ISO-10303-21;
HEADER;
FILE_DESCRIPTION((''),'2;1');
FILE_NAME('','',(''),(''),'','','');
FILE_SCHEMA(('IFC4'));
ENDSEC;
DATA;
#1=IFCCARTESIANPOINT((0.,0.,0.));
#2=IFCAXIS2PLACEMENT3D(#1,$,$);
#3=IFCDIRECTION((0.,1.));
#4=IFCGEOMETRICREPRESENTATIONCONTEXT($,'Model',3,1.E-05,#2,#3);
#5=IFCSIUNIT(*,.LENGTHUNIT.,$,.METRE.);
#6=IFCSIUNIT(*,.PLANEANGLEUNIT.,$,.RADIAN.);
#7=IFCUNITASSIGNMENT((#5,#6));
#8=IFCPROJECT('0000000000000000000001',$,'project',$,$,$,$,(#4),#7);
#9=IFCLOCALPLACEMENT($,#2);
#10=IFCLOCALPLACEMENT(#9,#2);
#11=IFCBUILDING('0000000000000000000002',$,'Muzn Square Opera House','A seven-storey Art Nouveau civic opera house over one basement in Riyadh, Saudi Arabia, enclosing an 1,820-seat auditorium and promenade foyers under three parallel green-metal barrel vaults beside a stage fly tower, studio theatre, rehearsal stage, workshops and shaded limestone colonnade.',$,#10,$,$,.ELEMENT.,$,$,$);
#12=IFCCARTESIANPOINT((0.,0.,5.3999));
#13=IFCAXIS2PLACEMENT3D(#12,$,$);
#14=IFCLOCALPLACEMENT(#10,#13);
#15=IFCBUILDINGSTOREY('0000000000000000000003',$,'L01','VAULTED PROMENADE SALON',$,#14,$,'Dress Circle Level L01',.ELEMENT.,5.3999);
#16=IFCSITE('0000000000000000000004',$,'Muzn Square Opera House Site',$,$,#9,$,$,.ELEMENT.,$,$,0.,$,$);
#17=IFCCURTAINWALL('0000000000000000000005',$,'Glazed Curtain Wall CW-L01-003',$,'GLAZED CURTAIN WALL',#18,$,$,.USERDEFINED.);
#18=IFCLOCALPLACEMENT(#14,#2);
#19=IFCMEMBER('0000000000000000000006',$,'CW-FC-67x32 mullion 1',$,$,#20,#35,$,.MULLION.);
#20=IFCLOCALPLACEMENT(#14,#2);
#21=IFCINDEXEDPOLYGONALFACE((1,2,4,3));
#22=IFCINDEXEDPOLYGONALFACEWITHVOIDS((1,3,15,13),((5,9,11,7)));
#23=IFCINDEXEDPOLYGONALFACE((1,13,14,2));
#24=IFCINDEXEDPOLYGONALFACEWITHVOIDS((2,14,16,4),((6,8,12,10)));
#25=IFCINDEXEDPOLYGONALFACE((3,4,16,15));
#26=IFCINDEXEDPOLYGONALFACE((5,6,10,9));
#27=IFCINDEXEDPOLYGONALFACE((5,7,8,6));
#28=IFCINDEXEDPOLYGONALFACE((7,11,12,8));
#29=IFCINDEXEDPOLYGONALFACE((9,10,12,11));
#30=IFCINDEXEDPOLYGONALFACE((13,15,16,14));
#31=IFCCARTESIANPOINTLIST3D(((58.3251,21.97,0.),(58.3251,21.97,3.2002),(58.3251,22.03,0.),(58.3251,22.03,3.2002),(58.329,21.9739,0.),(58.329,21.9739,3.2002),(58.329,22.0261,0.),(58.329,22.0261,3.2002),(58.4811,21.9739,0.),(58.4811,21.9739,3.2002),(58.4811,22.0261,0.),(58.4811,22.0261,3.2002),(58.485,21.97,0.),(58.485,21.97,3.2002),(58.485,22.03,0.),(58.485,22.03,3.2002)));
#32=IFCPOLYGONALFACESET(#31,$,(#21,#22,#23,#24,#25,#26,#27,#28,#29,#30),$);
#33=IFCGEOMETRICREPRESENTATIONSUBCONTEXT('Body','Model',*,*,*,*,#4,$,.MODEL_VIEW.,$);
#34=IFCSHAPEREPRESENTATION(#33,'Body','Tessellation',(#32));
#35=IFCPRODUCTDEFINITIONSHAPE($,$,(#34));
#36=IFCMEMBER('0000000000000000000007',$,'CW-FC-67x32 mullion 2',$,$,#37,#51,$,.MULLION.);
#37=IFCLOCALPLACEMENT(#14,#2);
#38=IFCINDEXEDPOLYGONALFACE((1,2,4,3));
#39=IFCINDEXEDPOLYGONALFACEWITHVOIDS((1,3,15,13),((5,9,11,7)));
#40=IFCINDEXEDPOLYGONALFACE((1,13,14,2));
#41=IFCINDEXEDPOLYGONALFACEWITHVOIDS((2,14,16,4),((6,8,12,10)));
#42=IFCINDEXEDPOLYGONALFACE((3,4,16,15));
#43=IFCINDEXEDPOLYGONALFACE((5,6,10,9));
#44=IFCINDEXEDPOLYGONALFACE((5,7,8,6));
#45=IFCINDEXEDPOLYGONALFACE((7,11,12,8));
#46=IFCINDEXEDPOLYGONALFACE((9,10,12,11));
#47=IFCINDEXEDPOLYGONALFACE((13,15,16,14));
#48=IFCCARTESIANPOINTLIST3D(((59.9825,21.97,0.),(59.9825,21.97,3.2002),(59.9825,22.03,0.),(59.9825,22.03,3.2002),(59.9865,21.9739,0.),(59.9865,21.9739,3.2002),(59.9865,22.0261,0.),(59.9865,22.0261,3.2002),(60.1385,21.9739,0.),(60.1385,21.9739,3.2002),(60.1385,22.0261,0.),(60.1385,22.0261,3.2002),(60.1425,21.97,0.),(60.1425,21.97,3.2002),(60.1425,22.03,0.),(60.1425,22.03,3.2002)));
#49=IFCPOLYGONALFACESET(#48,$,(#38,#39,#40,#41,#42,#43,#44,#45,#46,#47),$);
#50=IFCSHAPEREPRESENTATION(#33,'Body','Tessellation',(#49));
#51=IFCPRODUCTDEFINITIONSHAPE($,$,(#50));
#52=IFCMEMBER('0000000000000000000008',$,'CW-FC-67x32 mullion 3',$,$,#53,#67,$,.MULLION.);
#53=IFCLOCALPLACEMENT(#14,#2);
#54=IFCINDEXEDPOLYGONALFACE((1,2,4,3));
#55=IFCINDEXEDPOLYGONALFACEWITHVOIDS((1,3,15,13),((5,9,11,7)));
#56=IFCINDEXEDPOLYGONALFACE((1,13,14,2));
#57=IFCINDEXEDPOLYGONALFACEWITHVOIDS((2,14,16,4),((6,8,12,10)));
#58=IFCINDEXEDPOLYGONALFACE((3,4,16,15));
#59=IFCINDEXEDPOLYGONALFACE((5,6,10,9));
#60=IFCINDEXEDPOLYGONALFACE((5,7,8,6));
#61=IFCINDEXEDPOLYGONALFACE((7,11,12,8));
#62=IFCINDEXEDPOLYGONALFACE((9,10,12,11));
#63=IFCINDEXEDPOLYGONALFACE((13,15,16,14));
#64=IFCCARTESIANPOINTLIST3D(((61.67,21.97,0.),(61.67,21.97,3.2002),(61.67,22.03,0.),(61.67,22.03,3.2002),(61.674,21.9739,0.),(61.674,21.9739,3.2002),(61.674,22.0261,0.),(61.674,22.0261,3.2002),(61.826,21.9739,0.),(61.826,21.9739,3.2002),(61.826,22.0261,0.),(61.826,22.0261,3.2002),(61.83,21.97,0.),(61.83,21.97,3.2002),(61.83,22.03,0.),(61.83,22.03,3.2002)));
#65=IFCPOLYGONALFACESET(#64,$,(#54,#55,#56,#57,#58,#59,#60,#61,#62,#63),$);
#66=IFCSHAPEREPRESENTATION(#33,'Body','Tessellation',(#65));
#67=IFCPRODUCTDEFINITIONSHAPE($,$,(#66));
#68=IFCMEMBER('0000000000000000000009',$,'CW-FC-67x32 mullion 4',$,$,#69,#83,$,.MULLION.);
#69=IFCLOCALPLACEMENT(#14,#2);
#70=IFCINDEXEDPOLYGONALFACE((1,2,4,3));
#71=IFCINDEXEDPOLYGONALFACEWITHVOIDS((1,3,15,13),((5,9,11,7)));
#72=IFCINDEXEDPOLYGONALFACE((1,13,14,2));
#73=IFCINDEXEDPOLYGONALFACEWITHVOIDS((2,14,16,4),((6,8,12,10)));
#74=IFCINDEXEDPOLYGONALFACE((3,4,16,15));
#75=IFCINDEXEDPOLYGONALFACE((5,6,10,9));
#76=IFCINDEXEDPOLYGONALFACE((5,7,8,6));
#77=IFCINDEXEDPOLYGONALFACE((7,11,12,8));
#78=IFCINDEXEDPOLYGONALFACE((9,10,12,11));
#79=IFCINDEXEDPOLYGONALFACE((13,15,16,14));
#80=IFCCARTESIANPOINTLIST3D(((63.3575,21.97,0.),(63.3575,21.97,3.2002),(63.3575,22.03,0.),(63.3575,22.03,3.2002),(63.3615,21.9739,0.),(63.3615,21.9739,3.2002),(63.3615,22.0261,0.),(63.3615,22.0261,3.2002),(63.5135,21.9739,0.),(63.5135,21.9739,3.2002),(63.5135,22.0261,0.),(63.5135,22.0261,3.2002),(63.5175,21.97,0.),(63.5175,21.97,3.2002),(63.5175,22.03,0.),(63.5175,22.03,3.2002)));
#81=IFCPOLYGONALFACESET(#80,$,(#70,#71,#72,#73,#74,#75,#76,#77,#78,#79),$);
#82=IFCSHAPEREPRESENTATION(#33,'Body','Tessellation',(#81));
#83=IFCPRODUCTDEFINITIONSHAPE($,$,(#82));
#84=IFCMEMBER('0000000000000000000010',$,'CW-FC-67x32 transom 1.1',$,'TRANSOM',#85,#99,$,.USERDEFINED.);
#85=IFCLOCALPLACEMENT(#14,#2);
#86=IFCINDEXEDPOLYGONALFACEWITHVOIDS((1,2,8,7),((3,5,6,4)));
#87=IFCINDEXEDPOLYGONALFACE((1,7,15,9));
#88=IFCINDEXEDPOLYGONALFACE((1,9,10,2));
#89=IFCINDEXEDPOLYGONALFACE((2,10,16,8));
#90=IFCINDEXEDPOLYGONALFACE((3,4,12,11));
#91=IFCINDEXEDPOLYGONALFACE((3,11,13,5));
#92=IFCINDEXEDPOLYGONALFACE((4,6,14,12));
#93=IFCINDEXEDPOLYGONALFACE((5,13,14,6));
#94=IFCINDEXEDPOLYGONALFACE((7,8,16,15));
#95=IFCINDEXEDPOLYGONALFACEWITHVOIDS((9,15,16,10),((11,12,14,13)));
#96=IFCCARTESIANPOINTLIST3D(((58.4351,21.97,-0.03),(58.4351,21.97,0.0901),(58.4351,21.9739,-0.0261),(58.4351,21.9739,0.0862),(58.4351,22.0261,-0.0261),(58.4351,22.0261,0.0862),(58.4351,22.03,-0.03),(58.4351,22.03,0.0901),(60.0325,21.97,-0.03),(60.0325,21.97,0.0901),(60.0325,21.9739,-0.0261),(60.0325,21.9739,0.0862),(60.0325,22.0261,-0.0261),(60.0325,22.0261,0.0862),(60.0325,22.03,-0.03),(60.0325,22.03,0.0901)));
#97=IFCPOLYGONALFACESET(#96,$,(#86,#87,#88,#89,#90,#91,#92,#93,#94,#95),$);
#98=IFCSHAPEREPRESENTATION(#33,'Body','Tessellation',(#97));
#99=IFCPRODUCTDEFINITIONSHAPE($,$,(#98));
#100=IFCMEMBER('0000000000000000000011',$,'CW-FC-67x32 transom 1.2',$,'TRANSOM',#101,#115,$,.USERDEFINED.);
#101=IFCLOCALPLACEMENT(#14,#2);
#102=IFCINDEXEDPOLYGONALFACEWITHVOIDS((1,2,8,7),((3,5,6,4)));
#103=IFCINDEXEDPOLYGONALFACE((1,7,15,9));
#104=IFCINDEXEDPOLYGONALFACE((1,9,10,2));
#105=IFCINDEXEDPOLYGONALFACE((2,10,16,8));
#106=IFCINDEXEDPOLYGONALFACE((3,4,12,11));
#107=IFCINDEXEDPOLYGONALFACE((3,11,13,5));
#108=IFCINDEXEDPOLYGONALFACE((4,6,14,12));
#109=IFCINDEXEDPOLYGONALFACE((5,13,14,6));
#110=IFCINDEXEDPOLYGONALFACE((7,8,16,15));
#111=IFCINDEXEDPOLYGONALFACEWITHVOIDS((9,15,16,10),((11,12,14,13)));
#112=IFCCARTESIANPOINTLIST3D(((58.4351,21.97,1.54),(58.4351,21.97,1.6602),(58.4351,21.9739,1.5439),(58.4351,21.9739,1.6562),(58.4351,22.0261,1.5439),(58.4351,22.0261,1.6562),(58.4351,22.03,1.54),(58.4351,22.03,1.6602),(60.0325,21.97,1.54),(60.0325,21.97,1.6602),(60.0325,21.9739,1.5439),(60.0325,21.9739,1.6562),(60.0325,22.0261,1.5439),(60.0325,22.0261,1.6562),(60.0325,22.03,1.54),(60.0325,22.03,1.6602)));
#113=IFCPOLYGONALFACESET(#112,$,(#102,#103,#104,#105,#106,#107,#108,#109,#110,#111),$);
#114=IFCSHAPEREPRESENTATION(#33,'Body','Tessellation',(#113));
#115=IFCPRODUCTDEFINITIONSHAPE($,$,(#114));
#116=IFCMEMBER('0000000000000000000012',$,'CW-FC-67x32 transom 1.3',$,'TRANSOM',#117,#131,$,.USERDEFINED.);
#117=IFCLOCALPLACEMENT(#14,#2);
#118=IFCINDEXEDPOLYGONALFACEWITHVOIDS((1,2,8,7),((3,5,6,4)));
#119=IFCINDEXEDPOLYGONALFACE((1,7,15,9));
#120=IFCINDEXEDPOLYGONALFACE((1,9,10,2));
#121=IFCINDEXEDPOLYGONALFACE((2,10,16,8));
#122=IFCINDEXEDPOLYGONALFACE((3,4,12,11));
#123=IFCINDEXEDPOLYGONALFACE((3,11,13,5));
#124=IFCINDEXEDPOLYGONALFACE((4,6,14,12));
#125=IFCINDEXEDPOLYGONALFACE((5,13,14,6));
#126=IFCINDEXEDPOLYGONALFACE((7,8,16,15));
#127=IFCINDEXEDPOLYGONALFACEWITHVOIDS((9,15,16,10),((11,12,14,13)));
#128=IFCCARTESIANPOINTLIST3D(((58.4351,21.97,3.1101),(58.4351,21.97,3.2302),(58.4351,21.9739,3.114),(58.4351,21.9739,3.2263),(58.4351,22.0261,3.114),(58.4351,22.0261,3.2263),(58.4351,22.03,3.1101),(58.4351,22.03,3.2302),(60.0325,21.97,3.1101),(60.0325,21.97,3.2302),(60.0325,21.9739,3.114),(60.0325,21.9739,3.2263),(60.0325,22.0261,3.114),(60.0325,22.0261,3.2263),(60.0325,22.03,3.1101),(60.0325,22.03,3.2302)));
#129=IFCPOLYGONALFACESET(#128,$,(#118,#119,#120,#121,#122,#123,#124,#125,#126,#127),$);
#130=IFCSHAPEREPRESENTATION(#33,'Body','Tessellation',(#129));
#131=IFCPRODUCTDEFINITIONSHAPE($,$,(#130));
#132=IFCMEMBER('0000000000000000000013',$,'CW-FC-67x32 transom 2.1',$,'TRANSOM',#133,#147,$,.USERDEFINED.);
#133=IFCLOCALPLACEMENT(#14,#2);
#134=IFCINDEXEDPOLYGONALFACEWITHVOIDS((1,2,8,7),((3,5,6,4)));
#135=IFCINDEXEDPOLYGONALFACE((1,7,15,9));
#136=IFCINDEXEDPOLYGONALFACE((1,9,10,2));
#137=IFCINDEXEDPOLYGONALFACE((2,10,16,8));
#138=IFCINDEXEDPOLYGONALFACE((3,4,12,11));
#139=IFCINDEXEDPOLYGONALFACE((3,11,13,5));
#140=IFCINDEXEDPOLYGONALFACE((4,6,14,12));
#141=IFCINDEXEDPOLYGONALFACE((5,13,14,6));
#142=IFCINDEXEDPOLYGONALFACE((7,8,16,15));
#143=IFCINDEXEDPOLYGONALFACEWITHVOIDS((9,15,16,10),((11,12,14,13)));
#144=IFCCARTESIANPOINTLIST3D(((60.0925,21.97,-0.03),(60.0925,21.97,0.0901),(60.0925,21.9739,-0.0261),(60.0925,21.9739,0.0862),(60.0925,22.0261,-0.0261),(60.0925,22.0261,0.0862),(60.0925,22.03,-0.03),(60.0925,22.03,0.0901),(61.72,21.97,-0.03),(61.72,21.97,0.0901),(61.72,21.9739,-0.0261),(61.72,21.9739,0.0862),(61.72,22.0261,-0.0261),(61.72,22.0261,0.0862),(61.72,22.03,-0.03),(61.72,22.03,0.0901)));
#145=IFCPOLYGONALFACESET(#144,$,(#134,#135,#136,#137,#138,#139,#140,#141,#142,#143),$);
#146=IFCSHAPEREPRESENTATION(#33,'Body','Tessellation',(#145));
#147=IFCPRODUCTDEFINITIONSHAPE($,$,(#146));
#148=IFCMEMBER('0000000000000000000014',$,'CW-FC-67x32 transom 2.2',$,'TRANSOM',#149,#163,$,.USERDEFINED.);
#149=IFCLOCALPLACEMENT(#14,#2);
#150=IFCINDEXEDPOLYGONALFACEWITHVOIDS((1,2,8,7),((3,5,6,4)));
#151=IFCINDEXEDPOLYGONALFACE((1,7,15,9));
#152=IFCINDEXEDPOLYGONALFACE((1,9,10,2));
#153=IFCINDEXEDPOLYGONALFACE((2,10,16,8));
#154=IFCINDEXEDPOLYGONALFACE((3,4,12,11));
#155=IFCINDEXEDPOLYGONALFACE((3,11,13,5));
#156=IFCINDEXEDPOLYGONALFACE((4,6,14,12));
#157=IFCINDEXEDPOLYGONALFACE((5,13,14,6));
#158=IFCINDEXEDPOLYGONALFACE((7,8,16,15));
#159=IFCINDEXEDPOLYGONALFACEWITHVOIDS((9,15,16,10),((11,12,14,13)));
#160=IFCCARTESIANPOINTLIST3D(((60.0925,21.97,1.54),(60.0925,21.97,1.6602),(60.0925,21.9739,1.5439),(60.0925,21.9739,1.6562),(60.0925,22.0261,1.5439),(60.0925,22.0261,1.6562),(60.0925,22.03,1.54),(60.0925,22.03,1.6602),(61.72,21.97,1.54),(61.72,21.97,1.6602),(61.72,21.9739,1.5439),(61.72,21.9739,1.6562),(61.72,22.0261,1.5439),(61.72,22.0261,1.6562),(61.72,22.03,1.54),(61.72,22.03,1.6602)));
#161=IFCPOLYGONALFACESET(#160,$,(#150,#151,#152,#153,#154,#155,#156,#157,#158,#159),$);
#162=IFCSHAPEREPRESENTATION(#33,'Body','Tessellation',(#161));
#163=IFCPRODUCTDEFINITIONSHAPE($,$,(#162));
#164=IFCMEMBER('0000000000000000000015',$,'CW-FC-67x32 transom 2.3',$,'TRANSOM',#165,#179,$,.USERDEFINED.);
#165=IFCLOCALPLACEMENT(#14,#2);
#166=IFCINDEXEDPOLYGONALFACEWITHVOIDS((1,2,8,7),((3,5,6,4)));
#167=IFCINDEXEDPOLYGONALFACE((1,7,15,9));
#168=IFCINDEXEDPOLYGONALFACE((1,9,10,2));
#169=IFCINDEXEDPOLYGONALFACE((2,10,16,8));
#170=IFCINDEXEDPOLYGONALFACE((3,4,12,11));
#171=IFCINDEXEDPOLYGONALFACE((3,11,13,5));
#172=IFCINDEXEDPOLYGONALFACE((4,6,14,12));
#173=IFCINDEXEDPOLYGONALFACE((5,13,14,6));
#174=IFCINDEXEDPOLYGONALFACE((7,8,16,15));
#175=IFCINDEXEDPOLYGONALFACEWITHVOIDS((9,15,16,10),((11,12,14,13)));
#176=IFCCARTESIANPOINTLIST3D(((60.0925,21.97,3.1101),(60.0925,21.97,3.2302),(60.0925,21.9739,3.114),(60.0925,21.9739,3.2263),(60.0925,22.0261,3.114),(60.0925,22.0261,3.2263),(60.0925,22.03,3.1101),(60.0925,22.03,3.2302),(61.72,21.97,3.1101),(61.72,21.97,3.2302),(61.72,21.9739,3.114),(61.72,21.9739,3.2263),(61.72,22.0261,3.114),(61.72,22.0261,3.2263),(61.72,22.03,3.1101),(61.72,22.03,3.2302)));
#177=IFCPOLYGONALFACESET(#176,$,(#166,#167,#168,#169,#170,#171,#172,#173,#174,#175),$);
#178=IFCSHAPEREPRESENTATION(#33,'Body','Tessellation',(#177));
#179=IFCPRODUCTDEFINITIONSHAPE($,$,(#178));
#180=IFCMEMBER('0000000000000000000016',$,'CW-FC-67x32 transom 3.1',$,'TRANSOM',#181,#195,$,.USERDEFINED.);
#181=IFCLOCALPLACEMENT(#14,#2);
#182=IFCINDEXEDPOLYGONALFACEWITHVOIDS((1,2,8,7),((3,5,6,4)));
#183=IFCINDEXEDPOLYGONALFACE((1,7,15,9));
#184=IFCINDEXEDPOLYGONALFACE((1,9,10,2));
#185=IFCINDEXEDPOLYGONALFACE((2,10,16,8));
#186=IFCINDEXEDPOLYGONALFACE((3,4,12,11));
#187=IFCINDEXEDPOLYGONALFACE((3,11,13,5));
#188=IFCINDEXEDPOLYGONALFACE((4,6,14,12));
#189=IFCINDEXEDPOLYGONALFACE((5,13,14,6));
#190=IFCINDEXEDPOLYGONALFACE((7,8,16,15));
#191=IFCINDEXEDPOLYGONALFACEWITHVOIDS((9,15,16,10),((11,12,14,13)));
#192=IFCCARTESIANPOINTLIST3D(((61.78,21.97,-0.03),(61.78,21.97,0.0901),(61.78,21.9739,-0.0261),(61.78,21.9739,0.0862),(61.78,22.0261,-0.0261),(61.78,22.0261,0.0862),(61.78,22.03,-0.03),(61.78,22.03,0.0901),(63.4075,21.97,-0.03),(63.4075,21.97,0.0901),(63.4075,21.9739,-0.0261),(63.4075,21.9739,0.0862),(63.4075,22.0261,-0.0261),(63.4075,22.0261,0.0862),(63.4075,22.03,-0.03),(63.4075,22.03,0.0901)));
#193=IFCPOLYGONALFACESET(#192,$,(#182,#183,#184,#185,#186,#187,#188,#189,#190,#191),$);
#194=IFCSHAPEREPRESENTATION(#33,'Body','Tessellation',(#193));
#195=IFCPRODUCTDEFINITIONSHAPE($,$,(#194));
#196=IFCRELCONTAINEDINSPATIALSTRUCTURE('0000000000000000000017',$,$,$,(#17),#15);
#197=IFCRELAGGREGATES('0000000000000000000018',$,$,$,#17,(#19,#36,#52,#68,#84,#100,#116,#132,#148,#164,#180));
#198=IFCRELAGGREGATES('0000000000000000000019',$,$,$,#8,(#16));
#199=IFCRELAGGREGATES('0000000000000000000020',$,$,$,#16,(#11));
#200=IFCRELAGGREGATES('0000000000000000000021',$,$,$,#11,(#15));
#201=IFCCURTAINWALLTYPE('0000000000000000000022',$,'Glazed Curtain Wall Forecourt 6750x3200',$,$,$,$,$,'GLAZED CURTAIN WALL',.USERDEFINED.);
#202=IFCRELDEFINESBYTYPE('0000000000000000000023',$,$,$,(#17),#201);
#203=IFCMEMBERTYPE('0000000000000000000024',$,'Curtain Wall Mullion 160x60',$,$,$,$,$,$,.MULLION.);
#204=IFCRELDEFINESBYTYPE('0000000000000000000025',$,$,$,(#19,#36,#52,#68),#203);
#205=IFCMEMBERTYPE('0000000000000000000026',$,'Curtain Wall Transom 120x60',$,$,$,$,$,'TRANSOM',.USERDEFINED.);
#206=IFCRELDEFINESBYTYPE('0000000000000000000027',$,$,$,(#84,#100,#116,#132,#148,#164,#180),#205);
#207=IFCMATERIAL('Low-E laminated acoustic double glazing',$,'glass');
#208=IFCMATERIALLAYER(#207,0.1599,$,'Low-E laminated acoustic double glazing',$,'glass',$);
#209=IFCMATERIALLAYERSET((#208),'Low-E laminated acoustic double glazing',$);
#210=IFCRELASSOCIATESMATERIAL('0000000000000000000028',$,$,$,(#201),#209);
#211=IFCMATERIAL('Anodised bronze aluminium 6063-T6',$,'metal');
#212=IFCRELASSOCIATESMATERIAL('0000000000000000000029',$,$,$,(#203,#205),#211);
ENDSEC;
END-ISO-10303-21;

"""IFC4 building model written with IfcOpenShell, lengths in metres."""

from ifc_helpers import new_model, si_unit, direction, frame, origin, origin_2d, place, context, subcontext, project, spatial, hollow_rectangle, extrude, material, layer, layer_set, material_profile, profile_set, type_object, element, aggregate, save


model = new_model("IFC4")

# Units and contexts
model_context = context("Model", 3, precision=1e-05, world=origin(), true_north=direction((0.0, 1.0)))
body_context = subcontext(model_context, "Body", "Model", "MODEL_VIEW")
ifc_project = project(units=[si_unit("LENGTHUNIT", "METRE"), si_unit("PLANEANGLEUNIT", "RADIAN")], contexts=[model_context])

# Site, building, storey
site_placement = place(None, origin())
site = spatial("IfcSite", under=ifc_project, at=site_placement, Name="Muzn Square Opera House Site", CompositionType="ELEMENT", RefElevation=0.0)
building_placement = place(site_placement, origin())
building = spatial("IfcBuilding", under=site, at=building_placement, Name="Muzn Square Opera House", Description="A seven-storey Art Nouveau civic opera house over one basement in Riyadh, Saudi Arabia, enclosing an 1,820-seat auditorium and promenade foyers under three parallel green-metal barrel vaults beside a stage fly tower, studio theatre, rehearsal stage, workshops and shaded limestone colonnade.", CompositionType="ELEMENT")
storey_placement = place(building_placement, frame((0.0, 0.0, 5.3999)))
storey = spatial("IfcBuildingStorey", under=building, at=storey_placement, Name="L01", Description="VAULTED PROMENADE SALON", LongName="Dress Circle Level L01", CompositionType="ELEMENT", Elevation=5.3999)

# Curtain wall, members
ifc_material_1 = material(Name="Low-E laminated acoustic double glazing", Category="glass")
ifc_layer_1 = layer(ifc_material_1, 0.1599, Name="Low-E laminated acoustic double glazing", Category="glass")
ifc_layer_set_1 = layer_set([ifc_layer_1], Name="Low-E laminated acoustic double glazing")
curtain_wall_type = type_object("IfcCurtainWallType", Name="Glazed Curtain Wall Forecourt 6750x3200", ElementType="GLAZED CURTAIN WALL", PredefinedType="USERDEFINED", material=ifc_layer_set_1)
curtain_wall_placement = place(storey_placement, origin())
curtain_wall = element("IfcCurtainWall", 1, at=curtain_wall_placement, inside=storey, type_object=curtain_wall_type, Name="Glazed Curtain Wall CW-L01-003", ObjectType="GLAZED CURTAIN WALL", PredefinedType="USERDEFINED")
ifc_material_2 = material(Name="Anodised bronze aluminium 6063-T6", Category="metal")
ifc_material_profile_1 = material_profile(ifc_material_2, hollow_rectangle(XDim=0.0601, YDim=0.1599, WallThickness=0.0039, at=origin_2d()), Name="ALU 160x60x4", Category="metal")
ifc_profile_set_1 = profile_set([ifc_material_profile_1], Name="Anodised bronze aluminium 6063-T6")
member_type_1 = type_object("IfcMemberType", Name="Curtain Wall Mullion 160x60", PredefinedType="MULLION", material=ifc_profile_set_1)
member_1_placement = place(storey_placement, frame((58.405, 22.0, 0.0), z_axis=(0.0, 0.0, 1.0), x_axis=(0.0, 1.0, 0.0)))
member_1 = element("IfcMember", 2, at=member_1_placement, type_object=member_type_1, Name="CW-FC-67x32 mullion 1", PredefinedType="MULLION", context=body_context, shape_type="SweptSolid", body=[
    extrude(hollow_rectangle(XDim=0.0601, YDim=0.1599, WallThickness=0.0039, at=origin_2d()), origin(), (0.0, 0.0, 1.0), 3.2002),
])
member_2_placement = place(storey_placement, frame((60.0625, 22.0, 0.0), z_axis=(0.0, 0.0, 1.0), x_axis=(0.0, 1.0, 0.0)))
member_2 = element("IfcMember", 3, at=member_2_placement, type_object=member_type_1, Name="CW-FC-67x32 mullion 2", PredefinedType="MULLION", context=body_context, shape_type="SweptSolid", body=[
    extrude(hollow_rectangle(XDim=0.0601, YDim=0.1599, WallThickness=0.0039, at=origin_2d()), origin(), (0.0, 0.0, 1.0), 3.2002),
])
member_3_placement = place(storey_placement, frame((61.75, 22.0, 0.0), z_axis=(0.0, 0.0, 1.0), x_axis=(0.0, 1.0, 0.0)))
member_3 = element("IfcMember", 4, at=member_3_placement, type_object=member_type_1, Name="CW-FC-67x32 mullion 3", PredefinedType="MULLION", context=body_context, shape_type="SweptSolid", body=[
    extrude(hollow_rectangle(XDim=0.0601, YDim=0.1599, WallThickness=0.0039, at=origin_2d()), origin(), (0.0, 0.0, 1.0), 3.2002),
])
member_4_placement = place(storey_placement, frame((63.4375, 22.0, 0.0), z_axis=(0.0, 0.0, 1.0), x_axis=(0.0, 1.0, 0.0)))
member_4 = element("IfcMember", 5, at=member_4_placement, type_object=member_type_1, Name="CW-FC-67x32 mullion 4", PredefinedType="MULLION", context=body_context, shape_type="SweptSolid", body=[
    extrude(hollow_rectangle(XDim=0.0601, YDim=0.1599, WallThickness=0.0039, at=origin_2d()), origin(), (0.0, 0.0, 1.0), 3.2002),
])
ifc_material_profile_2 = material_profile(ifc_material_2, hollow_rectangle(XDim=0.0601, YDim=0.1201, WallThickness=0.0039, at=origin_2d()), Name="ALU 120x60x4", Category="metal")
ifc_profile_set_2 = profile_set([ifc_material_profile_2], Name="Anodised bronze aluminium 6063-T6")
member_type_2 = type_object("IfcMemberType", Name="Curtain Wall Transom 120x60", ElementType="TRANSOM", PredefinedType="USERDEFINED", material=ifc_profile_set_2)
member_5_placement = place(storey_placement, frame((58.4351, 22.0, 0.03), z_axis=(1.0, 0.0, 0.0), x_axis=(0.0, 1.0, 0.0)))
member_5 = element("IfcMember", 6, at=member_5_placement, type_object=member_type_2, Name="CW-FC-67x32 transom 1.1", ObjectType="TRANSOM", PredefinedType="USERDEFINED", context=body_context, shape_type="SweptSolid", body=[
    extrude(hollow_rectangle(XDim=0.0601, YDim=0.1201, WallThickness=0.0039, at=origin_2d()), origin(), (0.0, 0.0, 1.0), 1.5974),
])
member_6_placement = place(storey_placement, frame((58.4351, 22.0, 1.6001), z_axis=(1.0, 0.0, 0.0), x_axis=(0.0, 1.0, 0.0)))
member_6 = element("IfcMember", 7, at=member_6_placement, type_object=member_type_2, Name="CW-FC-67x32 transom 1.2", ObjectType="TRANSOM", PredefinedType="USERDEFINED", context=body_context, shape_type="SweptSolid", body=[
    extrude(hollow_rectangle(XDim=0.0601, YDim=0.1201, WallThickness=0.0039, at=origin_2d()), origin(), (0.0, 0.0, 1.0), 1.5974),
])
member_7_placement = place(storey_placement, frame((58.4351, 22.0, 3.1702), z_axis=(1.0, 0.0, 0.0), x_axis=(0.0, 1.0, 0.0)))
member_7 = element("IfcMember", 8, at=member_7_placement, type_object=member_type_2, Name="CW-FC-67x32 transom 1.3", ObjectType="TRANSOM", PredefinedType="USERDEFINED", context=body_context, shape_type="SweptSolid", body=[
    extrude(hollow_rectangle(XDim=0.0601, YDim=0.1201, WallThickness=0.0039, at=origin_2d()), origin(), (0.0, 0.0, 1.0), 1.5974),
])
member_8_placement = place(storey_placement, frame((60.0925, 22.0, 0.03), z_axis=(1.0, 0.0, 0.0), x_axis=(0.0, 1.0, 0.0)))
member_8 = element("IfcMember", 9, at=member_8_placement, type_object=member_type_2, Name="CW-FC-67x32 transom 2.1", ObjectType="TRANSOM", PredefinedType="USERDEFINED", context=body_context, shape_type="SweptSolid", body=[
    extrude(hollow_rectangle(XDim=0.0601, YDim=0.1201, WallThickness=0.0039, at=origin_2d()), origin(), (0.0, 0.0, 1.0), 1.6274),
])
member_9_placement = place(storey_placement, frame((60.0925, 22.0, 1.6001), z_axis=(1.0, 0.0, 0.0), x_axis=(0.0, 1.0, 0.0)))
member_9 = element("IfcMember", 10, at=member_9_placement, type_object=member_type_2, Name="CW-FC-67x32 transom 2.2", ObjectType="TRANSOM", PredefinedType="USERDEFINED", context=body_context, shape_type="SweptSolid", body=[
    extrude(hollow_rectangle(XDim=0.0601, YDim=0.1201, WallThickness=0.0039, at=origin_2d()), origin(), (0.0, 0.0, 1.0), 1.6274),
])
member_10_placement = place(storey_placement, frame((60.0925, 22.0, 3.1702), z_axis=(1.0, 0.0, 0.0), x_axis=(0.0, 1.0, 0.0)))
member_10 = element("IfcMember", 11, at=member_10_placement, type_object=member_type_2, Name="CW-FC-67x32 transom 2.3", ObjectType="TRANSOM", PredefinedType="USERDEFINED", context=body_context, shape_type="SweptSolid", body=[
    extrude(hollow_rectangle(XDim=0.0601, YDim=0.1201, WallThickness=0.0039, at=origin_2d()), origin(), (0.0, 0.0, 1.0), 1.6274),
])
member_11_placement = place(storey_placement, frame((61.78, 22.0, 0.03), z_axis=(1.0, 0.0, 0.0), x_axis=(0.0, 1.0, 0.0)))
member_11 = element("IfcMember", 12, at=member_11_placement, type_object=member_type_2, Name="CW-FC-67x32 transom 3.1", ObjectType="TRANSOM", PredefinedType="USERDEFINED", context=body_context, shape_type="SweptSolid", body=[
    extrude(hollow_rectangle(XDim=0.0601, YDim=0.1201, WallThickness=0.0039, at=origin_2d()), origin(), (0.0, 0.0, 1.0), 1.6274),
])

aggregate(curtain_wall, [member_1, member_2, member_3, member_4, member_5, member_6, member_7, member_8, member_9, member_10, member_11])

save(model, "model.ifc")
